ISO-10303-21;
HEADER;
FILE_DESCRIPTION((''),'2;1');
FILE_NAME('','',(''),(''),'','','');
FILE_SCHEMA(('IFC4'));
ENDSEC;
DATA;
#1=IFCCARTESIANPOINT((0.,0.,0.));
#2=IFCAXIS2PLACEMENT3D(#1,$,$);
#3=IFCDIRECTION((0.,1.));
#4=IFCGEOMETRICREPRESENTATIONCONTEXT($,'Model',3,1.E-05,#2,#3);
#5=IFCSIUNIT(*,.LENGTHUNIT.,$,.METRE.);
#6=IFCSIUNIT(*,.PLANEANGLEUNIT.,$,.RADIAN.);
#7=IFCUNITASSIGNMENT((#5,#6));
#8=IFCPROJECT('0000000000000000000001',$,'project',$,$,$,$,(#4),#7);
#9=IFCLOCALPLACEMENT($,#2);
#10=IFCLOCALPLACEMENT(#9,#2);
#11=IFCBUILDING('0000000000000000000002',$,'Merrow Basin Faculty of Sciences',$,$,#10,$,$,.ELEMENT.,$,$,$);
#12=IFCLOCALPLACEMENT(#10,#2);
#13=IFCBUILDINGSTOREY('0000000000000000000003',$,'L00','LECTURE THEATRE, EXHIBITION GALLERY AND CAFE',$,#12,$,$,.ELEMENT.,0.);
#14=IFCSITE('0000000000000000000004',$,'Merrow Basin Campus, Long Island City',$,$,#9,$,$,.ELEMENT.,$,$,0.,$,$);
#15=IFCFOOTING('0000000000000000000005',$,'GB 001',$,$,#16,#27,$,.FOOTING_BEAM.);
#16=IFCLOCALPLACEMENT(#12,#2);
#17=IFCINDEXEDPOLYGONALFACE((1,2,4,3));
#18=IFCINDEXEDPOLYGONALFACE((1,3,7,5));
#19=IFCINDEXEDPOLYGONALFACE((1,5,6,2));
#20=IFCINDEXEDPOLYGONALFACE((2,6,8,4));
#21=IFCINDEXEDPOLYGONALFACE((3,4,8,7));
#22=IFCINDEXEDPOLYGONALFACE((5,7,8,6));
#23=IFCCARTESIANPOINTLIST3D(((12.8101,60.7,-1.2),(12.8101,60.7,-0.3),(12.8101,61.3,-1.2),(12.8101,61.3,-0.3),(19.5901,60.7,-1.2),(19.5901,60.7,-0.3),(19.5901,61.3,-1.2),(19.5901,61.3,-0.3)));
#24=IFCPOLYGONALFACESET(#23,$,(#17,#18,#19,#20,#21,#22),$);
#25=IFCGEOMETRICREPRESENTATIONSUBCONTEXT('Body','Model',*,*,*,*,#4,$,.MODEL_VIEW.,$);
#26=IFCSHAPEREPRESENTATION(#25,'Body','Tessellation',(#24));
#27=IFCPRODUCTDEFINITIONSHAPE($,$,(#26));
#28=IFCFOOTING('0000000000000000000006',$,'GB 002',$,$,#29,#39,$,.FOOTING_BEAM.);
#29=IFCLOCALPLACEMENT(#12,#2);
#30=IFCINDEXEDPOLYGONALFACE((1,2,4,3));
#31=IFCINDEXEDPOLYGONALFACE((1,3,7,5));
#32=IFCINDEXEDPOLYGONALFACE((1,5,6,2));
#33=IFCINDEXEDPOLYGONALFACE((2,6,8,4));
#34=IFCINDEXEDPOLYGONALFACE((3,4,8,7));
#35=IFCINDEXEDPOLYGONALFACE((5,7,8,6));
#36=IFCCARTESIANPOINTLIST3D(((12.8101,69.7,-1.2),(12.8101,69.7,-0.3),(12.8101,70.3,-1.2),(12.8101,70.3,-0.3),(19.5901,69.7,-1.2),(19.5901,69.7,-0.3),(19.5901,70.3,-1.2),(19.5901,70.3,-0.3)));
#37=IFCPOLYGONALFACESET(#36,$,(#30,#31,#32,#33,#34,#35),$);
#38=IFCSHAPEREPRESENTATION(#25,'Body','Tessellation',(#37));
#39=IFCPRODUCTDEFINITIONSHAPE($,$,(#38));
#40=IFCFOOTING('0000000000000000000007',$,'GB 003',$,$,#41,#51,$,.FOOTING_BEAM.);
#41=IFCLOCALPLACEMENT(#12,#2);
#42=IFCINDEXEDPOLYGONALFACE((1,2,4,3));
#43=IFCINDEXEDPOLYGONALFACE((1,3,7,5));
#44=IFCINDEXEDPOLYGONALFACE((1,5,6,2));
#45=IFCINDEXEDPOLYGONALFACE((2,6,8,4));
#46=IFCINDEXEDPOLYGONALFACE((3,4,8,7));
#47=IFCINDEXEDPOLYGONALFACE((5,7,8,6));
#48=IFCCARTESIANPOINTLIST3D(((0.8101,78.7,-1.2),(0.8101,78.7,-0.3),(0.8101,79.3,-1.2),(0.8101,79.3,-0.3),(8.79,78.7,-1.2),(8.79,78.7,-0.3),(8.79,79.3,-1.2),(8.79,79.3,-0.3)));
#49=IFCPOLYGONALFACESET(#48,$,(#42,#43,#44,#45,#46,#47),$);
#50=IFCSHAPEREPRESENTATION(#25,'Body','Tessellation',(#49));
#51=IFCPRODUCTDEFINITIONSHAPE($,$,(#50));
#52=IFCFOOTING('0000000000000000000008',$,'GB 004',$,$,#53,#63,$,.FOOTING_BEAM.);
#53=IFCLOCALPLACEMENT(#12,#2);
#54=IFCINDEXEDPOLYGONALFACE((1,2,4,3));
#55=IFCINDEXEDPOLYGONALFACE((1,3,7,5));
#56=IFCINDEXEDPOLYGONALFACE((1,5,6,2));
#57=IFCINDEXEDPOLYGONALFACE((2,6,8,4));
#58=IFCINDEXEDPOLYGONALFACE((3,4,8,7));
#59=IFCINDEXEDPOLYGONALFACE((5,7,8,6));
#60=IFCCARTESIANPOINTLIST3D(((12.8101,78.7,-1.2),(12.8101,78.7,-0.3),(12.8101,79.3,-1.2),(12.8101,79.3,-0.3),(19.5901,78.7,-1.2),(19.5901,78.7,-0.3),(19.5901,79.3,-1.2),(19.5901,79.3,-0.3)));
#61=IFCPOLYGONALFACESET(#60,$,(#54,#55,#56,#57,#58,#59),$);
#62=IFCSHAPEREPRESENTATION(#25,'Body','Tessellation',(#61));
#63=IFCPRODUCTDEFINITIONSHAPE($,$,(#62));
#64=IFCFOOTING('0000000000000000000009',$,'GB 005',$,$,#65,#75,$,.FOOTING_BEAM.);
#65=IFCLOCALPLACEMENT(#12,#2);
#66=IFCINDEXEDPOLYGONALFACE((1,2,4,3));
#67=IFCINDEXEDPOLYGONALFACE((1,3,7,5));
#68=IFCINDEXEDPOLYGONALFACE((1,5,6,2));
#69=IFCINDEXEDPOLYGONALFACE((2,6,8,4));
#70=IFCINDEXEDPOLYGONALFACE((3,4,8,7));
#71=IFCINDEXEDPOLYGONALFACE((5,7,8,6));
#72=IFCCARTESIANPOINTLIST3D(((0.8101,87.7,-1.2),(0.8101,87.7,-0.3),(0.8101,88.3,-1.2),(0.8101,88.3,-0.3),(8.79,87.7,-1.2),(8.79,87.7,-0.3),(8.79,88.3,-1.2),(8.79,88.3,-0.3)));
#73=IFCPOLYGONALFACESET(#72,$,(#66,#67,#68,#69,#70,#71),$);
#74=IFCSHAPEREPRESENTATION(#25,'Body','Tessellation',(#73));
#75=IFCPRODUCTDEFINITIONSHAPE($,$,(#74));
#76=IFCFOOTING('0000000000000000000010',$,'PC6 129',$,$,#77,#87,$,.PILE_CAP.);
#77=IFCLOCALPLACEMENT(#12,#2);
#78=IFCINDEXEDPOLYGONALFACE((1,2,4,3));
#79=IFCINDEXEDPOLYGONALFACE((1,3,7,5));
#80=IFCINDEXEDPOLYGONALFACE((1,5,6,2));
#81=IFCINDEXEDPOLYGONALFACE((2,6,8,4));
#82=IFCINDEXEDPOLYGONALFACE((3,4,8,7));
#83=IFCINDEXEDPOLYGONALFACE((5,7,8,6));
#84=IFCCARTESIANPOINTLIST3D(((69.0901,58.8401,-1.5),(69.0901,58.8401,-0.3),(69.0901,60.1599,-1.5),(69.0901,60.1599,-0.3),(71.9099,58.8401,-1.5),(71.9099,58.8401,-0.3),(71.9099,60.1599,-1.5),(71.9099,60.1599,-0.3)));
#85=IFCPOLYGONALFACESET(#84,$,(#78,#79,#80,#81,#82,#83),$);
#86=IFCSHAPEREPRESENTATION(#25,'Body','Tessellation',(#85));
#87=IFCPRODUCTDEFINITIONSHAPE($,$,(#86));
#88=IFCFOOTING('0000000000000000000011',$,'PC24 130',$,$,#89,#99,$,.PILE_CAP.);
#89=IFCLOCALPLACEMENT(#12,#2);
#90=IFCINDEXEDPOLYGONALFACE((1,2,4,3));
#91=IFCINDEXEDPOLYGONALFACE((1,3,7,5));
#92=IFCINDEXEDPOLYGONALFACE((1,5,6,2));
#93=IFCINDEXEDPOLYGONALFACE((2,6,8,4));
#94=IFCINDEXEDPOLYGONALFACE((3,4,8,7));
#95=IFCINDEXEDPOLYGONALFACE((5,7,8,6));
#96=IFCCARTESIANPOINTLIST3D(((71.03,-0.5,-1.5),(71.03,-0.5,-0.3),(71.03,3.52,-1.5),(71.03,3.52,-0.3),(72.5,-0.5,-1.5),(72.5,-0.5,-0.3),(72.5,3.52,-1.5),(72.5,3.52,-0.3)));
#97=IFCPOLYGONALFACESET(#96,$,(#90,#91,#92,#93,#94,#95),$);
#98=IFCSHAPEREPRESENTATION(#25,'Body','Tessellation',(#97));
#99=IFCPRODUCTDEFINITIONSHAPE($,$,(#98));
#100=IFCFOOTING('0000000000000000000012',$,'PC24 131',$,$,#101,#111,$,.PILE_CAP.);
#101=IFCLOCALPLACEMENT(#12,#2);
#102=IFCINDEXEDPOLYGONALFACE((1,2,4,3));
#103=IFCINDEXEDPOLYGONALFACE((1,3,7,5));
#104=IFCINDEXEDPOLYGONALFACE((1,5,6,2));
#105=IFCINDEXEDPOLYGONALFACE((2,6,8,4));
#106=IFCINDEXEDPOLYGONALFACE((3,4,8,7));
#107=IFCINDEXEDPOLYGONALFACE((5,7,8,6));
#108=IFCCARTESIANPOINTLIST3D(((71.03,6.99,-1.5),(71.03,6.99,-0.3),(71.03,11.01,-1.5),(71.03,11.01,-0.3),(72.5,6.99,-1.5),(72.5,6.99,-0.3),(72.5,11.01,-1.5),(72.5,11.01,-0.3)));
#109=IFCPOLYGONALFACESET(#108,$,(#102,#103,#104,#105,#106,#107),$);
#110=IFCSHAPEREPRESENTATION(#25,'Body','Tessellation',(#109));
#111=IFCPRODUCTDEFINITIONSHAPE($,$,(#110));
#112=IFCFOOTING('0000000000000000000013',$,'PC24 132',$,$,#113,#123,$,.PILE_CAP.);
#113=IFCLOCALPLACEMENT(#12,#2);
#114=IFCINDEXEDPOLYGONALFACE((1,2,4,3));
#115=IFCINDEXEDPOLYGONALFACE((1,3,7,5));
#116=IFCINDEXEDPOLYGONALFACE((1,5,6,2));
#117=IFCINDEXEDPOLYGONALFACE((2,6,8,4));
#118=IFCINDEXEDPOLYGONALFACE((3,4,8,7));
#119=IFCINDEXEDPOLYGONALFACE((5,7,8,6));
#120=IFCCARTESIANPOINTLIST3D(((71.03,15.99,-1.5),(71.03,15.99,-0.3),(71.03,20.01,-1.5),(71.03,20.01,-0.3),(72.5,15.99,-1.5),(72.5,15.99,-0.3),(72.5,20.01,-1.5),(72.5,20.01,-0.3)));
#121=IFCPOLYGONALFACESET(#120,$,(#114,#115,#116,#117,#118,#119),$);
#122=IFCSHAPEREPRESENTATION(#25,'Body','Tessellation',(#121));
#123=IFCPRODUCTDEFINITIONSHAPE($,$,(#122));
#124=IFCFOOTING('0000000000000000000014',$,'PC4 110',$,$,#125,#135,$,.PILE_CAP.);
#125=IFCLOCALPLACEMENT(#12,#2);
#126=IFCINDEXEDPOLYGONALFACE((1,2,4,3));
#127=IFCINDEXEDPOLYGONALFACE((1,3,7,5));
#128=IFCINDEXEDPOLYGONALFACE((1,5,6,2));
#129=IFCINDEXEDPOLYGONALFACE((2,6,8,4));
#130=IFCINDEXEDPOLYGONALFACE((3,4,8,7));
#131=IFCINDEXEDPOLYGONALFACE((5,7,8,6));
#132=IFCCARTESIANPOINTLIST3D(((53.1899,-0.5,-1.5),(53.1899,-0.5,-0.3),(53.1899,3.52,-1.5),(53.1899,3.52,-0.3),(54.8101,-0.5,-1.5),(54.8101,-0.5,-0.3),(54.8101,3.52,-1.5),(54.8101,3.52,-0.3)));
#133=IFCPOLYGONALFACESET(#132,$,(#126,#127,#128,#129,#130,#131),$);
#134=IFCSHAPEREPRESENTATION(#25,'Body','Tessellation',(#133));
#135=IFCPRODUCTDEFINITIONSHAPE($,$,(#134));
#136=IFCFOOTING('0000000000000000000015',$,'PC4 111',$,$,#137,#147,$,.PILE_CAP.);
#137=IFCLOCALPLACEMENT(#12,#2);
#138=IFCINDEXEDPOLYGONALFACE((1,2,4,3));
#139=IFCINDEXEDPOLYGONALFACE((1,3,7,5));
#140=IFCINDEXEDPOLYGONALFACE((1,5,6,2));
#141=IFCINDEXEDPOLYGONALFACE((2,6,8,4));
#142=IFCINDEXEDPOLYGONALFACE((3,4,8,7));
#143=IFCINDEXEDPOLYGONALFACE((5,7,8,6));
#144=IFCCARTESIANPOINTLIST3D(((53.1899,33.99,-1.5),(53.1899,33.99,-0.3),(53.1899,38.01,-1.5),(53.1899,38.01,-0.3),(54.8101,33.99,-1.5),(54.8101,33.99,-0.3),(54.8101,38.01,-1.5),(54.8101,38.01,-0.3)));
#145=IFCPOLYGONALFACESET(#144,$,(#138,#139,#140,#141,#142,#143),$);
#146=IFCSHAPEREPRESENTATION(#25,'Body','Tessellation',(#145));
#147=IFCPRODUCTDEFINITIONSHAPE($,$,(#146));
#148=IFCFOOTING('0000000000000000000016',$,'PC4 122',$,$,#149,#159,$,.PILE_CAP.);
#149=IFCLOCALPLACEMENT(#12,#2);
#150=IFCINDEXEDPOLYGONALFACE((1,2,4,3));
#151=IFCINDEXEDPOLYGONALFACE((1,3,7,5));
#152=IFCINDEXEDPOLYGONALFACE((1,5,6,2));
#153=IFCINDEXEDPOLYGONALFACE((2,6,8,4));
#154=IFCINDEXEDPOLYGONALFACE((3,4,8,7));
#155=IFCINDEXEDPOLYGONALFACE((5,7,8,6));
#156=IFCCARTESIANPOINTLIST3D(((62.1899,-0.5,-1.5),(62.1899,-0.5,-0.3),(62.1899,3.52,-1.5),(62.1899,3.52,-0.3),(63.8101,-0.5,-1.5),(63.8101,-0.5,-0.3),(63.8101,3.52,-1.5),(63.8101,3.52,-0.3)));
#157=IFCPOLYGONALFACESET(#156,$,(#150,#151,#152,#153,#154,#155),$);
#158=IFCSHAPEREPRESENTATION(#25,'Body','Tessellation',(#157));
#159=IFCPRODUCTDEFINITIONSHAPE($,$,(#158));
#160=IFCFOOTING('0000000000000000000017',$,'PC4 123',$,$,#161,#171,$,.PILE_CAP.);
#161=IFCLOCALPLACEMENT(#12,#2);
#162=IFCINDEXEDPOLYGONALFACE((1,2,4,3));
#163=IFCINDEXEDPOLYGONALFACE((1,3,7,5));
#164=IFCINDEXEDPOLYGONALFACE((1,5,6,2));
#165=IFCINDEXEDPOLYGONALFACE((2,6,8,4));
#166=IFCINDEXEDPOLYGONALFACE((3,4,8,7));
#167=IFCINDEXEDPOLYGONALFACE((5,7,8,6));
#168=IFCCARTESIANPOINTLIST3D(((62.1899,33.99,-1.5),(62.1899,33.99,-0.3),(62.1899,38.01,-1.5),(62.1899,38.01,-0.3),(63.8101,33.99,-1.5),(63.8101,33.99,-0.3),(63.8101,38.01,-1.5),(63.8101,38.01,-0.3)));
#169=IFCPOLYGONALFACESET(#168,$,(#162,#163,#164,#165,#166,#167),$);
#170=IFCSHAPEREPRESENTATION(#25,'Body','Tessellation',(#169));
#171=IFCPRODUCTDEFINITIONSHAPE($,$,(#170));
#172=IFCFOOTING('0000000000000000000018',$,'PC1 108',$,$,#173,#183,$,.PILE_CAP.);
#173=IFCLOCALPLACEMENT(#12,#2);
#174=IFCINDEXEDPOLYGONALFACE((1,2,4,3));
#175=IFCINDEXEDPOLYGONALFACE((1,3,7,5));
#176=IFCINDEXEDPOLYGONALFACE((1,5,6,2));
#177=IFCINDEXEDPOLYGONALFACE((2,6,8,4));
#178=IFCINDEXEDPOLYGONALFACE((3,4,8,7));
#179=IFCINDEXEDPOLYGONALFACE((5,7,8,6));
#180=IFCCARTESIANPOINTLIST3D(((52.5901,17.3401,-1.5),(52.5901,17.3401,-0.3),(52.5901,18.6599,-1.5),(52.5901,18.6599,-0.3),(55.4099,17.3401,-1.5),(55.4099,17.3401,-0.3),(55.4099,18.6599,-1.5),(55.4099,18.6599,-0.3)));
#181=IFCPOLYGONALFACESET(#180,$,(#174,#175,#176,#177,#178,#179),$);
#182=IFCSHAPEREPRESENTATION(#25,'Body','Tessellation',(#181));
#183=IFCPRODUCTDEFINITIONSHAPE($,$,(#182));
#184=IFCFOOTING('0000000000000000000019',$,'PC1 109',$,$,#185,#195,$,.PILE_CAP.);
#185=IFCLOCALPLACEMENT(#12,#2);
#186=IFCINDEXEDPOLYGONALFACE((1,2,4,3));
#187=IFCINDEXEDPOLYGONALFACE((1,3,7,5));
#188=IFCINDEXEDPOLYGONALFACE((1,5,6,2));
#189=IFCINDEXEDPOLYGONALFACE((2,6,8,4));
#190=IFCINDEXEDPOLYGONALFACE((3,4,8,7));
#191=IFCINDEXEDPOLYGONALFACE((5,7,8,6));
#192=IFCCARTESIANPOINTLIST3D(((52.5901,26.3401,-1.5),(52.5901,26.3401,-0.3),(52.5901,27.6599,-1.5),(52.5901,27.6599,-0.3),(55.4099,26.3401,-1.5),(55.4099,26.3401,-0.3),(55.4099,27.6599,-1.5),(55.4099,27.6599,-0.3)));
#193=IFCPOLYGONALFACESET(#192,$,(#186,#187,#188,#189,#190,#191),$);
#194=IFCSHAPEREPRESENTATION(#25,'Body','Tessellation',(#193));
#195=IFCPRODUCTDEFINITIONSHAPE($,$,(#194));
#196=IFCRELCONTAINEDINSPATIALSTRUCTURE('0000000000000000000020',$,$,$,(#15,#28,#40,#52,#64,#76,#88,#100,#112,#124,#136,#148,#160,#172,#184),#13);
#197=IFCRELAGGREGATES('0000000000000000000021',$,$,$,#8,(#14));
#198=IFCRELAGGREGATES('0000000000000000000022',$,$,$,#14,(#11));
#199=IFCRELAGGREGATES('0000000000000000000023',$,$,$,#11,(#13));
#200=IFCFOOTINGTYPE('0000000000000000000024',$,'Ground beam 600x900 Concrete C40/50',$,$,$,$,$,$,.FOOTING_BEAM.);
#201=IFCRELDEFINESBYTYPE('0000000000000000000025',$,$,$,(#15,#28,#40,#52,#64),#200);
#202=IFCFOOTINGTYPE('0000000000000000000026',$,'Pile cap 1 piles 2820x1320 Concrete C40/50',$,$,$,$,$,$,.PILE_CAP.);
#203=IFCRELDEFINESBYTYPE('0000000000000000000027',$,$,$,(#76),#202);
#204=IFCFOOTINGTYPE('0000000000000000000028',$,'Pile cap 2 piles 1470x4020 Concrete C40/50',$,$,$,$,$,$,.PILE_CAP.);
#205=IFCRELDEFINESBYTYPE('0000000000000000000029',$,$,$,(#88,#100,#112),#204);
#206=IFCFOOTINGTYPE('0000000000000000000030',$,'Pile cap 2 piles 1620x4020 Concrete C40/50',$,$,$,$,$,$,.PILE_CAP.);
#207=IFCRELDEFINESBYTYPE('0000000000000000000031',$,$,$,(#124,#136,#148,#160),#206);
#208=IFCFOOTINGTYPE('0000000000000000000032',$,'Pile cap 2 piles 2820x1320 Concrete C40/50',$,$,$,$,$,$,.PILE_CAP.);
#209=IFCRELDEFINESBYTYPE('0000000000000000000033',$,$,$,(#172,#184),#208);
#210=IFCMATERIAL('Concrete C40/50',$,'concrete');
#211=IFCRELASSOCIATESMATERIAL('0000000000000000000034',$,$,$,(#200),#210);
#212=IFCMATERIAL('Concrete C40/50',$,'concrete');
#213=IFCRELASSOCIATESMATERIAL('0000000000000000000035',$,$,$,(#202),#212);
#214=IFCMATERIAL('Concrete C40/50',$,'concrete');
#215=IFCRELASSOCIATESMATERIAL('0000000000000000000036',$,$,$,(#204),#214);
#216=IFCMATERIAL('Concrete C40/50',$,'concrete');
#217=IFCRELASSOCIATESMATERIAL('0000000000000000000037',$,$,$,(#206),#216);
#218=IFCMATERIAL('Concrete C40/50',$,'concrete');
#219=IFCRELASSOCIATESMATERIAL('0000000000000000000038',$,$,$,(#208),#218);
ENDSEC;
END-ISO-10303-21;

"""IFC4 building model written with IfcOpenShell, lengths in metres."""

from ifc_helpers import new_model, si_unit, direction, frame, origin, place, context, subcontext, project, spatial, polyline, outline, extrude, material, type_object, element, save


model = new_model("IFC4")

# Units and contexts
model_context = context("Model", 3, precision=1e-05, world=origin(), true_north=direction((0.0, 1.0)))
body_context = subcontext(model_context, "Body", "Model", "MODEL_VIEW")
ifc_project = project(units=[si_unit("LENGTHUNIT", "METRE"), si_unit("PLANEANGLEUNIT", "RADIAN")], contexts=[model_context])

# Site, building, storey
site_placement = place(None, origin())
site = spatial("IfcSite", under=ifc_project, at=site_placement, Name="Merrow Basin Campus, Long Island City", CompositionType="ELEMENT", RefElevation=0.0)
building_placement = place(site_placement, origin())
building = spatial("IfcBuilding", under=site, at=building_placement, Name="Merrow Basin Faculty of Sciences", CompositionType="ELEMENT")
storey_placement = place(building_placement, origin())
storey = spatial("IfcBuildingStorey", under=building, at=storey_placement, Name="L00", Description="LECTURE THEATRE, EXHIBITION GALLERY AND CAFE", CompositionType="ELEMENT", Elevation=0.0)

# Footings
ifc_material_1 = material(Name="Concrete C40/50", Category="concrete")
footing_type_1 = type_object("IfcFootingType", Name="Ground beam 600x900 Concrete C40/50", PredefinedType="FOOTING_BEAM", material=ifc_material_1)
footing_1_placement = place(storey_placement, frame((0.0, 0.0, -1.2)))
element("IfcFooting", 1, at=footing_1_placement, inside=storey, type_object=footing_type_1, Name="GB 001", PredefinedType="FOOTING_BEAM", context=body_context, shape_type="SweptSolid", body=[
    extrude(outline(polyline([(12.8101, 60.7), (19.5901, 60.7), (19.5901, 61.3), (12.8101, 61.3), (12.8101, 60.7)])), origin(), (0.0, 0.0, 1.0), 0.8999),
])
footing_2_placement = place(storey_placement, frame((0.0, 0.0, -1.2)))
element("IfcFooting", 2, at=footing_2_placement, inside=storey, type_object=footing_type_1, Name="GB 002", PredefinedType="FOOTING_BEAM", context=body_context, shape_type="SweptSolid", body=[
    extrude(outline(polyline([(12.8101, 69.7), (19.5901, 69.7), (19.5901, 70.3), (12.8101, 70.3), (12.8101, 69.7)])), origin(), (0.0, 0.0, 1.0), 0.8999),
])
footing_3_placement = place(storey_placement, frame((0.0, 0.0, -1.2)))
element("IfcFooting", 3, at=footing_3_placement, inside=storey, type_object=footing_type_1, Name="GB 003", PredefinedType="FOOTING_BEAM", context=body_context, shape_type="SweptSolid", body=[
    extrude(outline(polyline([(0.8101, 78.7), (8.79, 78.7), (8.79, 79.3), (0.8101, 79.3), (0.8101, 78.7)])), origin(), (0.0, 0.0, 1.0), 0.8999),
])
footing_4_placement = place(storey_placement, frame((0.0, 0.0, -1.2)))
element("IfcFooting", 4, at=footing_4_placement, inside=storey, type_object=footing_type_1, Name="GB 004", PredefinedType="FOOTING_BEAM", context=body_context, shape_type="SweptSolid", body=[
    extrude(outline(polyline([(12.8101, 78.7), (19.5901, 78.7), (19.5901, 79.3), (12.8101, 79.3), (12.8101, 78.7)])), origin(), (0.0, 0.0, 1.0), 0.8999),
])
footing_5_placement = place(storey_placement, frame((0.0, 0.0, -1.2)))
element("IfcFooting", 5, at=footing_5_placement, inside=storey, type_object=footing_type_1, Name="GB 005", PredefinedType="FOOTING_BEAM", context=body_context, shape_type="SweptSolid", body=[
    extrude(outline(polyline([(0.8101, 87.7), (8.79, 87.7), (8.79, 88.3), (0.8101, 88.3), (0.8101, 87.7)])), origin(), (0.0, 0.0, 1.0), 0.8999),
])
ifc_material_2 = material(Name="Concrete C40/50", Category="concrete")
footing_type_2 = type_object("IfcFootingType", Name="Pile cap 1 piles 2820x1320 Concrete C40/50", PredefinedType="PILE_CAP", material=ifc_material_2)
footing_6_placement = place(storey_placement, frame((0.0, 0.0, -1.5)))
element("IfcFooting", 6, at=footing_6_placement, inside=storey, type_object=footing_type_2, Name="PC6 129", PredefinedType="PILE_CAP", context=body_context, shape_type="SweptSolid", body=[
    extrude(outline(polyline([(69.0901, 60.1599), (71.9099, 60.1599), (71.9099, 58.8401), (69.0901, 58.8401), (69.0901, 60.1599)])), origin(), (0.0, 0.0, 1.0), 1.2),
])
ifc_material_3 = material(Name="Concrete C40/50", Category="concrete")
footing_type_3 = type_object("IfcFootingType", Name="Pile cap 2 piles 1470x4020 Concrete C40/50", PredefinedType="PILE_CAP", material=ifc_material_3)
footing_7_placement = place(storey_placement, frame((0.0, 0.0, -1.5)))
element("IfcFooting", 7, at=footing_7_placement, inside=storey, type_object=footing_type_3, Name="PC24 130", PredefinedType="PILE_CAP", context=body_context, shape_type="SweptSolid", body=[
    extrude(outline(polyline([(71.03, 3.52), (72.5, 3.52), (72.5, -0.5), (71.03, -0.5), (71.03, 3.52)])), origin(), (0.0, 0.0, 1.0), 1.2),
])
footing_8_placement = place(storey_placement, frame((0.0, 0.0, -1.5)))
element("IfcFooting", 8, at=footing_8_placement, inside=storey, type_object=footing_type_3, Name="PC24 131", PredefinedType="PILE_CAP", context=body_context, shape_type="SweptSolid", body=[
    extrude(outline(polyline([(71.03, 11.01), (72.5, 11.01), (72.5, 6.99), (71.03, 6.99), (71.03, 11.01)])), origin(), (0.0, 0.0, 1.0), 1.2),
])
footing_9_placement = place(storey_placement, frame((0.0, 0.0, -1.5)))
element("IfcFooting", 9, at=footing_9_placement, inside=storey, type_object=footing_type_3, Name="PC24 132", PredefinedType="PILE_CAP", context=body_context, shape_type="SweptSolid", body=[
    extrude(outline(polyline([(71.03, 20.01), (72.5, 20.01), (72.5, 15.99), (71.03, 15.99), (71.03, 20.01)])), origin(), (0.0, 0.0, 1.0), 1.2),
])
ifc_material_4 = material(Name="Concrete C40/50", Category="concrete")
footing_type_4 = type_object("IfcFootingType", Name="Pile cap 2 piles 1620x4020 Concrete C40/50", PredefinedType="PILE_CAP", material=ifc_material_4)
footing_10_placement = place(storey_placement, frame((0.0, 0.0, -1.5)))
element("IfcFooting", 10, at=footing_10_placement, inside=storey, type_object=footing_type_4, Name="PC4 110", PredefinedType="PILE_CAP", context=body_context, shape_type="SweptSolid", body=[
    extrude(outline(polyline([(54.8101, 3.52), (54.8101, -0.5), (53.1899, -0.5), (53.1899, 3.52), (54.8101, 3.52)])), origin(), (0.0, 0.0, 1.0), 1.2),
])
footing_11_placement = place(storey_placement, frame((0.0, 0.0, -1.5)))
element("IfcFooting", 11, at=footing_11_placement, inside=storey, type_object=footing_type_4, Name="PC4 111", PredefinedType="PILE_CAP", context=body_context, shape_type="SweptSolid", body=[
    extrude(outline(polyline([(53.1899, 38.01), (54.8101, 38.01), (54.8101, 33.99), (53.1899, 33.99), (53.1899, 38.01)])), origin(), (0.0, 0.0, 1.0), 1.2),
])
footing_12_placement = place(storey_placement, frame((0.0, 0.0, -1.5)))
element("IfcFooting", 12, at=footing_12_placement, inside=storey, type_object=footing_type_4, Name="PC4 122", PredefinedType="PILE_CAP", context=body_context, shape_type="SweptSolid", body=[
    extrude(outline(polyline([(63.8101, 3.52), (63.8101, -0.5), (62.1899, -0.5), (62.1899, 3.52), (63.8101, 3.52)])), origin(), (0.0, 0.0, 1.0), 1.2),
])
footing_13_placement = place(storey_placement, frame((0.0, 0.0, -1.5)))
element("IfcFooting", 13, at=footing_13_placement, inside=storey, type_object=footing_type_4, Name="PC4 123", PredefinedType="PILE_CAP", context=body_context, shape_type="SweptSolid", body=[
    extrude(outline(polyline([(62.1899, 38.01), (63.8101, 38.01), (63.8101, 33.99), (62.1899, 33.99), (62.1899, 38.01)])), origin(), (0.0, 0.0, 1.0), 1.2),
])
ifc_material_5 = material(Name="Concrete C40/50", Category="concrete")
footing_type_5 = type_object("IfcFootingType", Name="Pile cap 2 piles 2820x1320 Concrete C40/50", PredefinedType="PILE_CAP", material=ifc_material_5)
footing_14_placement = place(storey_placement, frame((0.0, 0.0, -1.5)))
element("IfcFooting", 14, at=footing_14_placement, inside=storey, type_object=footing_type_5, Name="PC1 108", PredefinedType="PILE_CAP", context=body_context, shape_type="SweptSolid", body=[
    extrude(outline(polyline([(52.5901, 17.3401), (52.5901, 18.6599), (55.4099, 18.6599), (55.4099, 17.3401), (52.5901, 17.3401)])), origin(), (0.0, 0.0, 1.0), 1.2),
])
footing_15_placement = place(storey_placement, frame((0.0, 0.0, -1.5)))
element("IfcFooting", 15, at=footing_15_placement, inside=storey, type_object=footing_type_5, Name="PC1 109", PredefinedType="PILE_CAP", context=body_context, shape_type="SweptSolid", body=[
    extrude(outline(polyline([(52.5901, 27.6599), (55.4099, 27.6599), (55.4099, 26.3401), (52.5901, 26.3401), (52.5901, 27.6599)])), origin(), (0.0, 0.0, 1.0), 1.2),
])

save(model, "model.ifc")
